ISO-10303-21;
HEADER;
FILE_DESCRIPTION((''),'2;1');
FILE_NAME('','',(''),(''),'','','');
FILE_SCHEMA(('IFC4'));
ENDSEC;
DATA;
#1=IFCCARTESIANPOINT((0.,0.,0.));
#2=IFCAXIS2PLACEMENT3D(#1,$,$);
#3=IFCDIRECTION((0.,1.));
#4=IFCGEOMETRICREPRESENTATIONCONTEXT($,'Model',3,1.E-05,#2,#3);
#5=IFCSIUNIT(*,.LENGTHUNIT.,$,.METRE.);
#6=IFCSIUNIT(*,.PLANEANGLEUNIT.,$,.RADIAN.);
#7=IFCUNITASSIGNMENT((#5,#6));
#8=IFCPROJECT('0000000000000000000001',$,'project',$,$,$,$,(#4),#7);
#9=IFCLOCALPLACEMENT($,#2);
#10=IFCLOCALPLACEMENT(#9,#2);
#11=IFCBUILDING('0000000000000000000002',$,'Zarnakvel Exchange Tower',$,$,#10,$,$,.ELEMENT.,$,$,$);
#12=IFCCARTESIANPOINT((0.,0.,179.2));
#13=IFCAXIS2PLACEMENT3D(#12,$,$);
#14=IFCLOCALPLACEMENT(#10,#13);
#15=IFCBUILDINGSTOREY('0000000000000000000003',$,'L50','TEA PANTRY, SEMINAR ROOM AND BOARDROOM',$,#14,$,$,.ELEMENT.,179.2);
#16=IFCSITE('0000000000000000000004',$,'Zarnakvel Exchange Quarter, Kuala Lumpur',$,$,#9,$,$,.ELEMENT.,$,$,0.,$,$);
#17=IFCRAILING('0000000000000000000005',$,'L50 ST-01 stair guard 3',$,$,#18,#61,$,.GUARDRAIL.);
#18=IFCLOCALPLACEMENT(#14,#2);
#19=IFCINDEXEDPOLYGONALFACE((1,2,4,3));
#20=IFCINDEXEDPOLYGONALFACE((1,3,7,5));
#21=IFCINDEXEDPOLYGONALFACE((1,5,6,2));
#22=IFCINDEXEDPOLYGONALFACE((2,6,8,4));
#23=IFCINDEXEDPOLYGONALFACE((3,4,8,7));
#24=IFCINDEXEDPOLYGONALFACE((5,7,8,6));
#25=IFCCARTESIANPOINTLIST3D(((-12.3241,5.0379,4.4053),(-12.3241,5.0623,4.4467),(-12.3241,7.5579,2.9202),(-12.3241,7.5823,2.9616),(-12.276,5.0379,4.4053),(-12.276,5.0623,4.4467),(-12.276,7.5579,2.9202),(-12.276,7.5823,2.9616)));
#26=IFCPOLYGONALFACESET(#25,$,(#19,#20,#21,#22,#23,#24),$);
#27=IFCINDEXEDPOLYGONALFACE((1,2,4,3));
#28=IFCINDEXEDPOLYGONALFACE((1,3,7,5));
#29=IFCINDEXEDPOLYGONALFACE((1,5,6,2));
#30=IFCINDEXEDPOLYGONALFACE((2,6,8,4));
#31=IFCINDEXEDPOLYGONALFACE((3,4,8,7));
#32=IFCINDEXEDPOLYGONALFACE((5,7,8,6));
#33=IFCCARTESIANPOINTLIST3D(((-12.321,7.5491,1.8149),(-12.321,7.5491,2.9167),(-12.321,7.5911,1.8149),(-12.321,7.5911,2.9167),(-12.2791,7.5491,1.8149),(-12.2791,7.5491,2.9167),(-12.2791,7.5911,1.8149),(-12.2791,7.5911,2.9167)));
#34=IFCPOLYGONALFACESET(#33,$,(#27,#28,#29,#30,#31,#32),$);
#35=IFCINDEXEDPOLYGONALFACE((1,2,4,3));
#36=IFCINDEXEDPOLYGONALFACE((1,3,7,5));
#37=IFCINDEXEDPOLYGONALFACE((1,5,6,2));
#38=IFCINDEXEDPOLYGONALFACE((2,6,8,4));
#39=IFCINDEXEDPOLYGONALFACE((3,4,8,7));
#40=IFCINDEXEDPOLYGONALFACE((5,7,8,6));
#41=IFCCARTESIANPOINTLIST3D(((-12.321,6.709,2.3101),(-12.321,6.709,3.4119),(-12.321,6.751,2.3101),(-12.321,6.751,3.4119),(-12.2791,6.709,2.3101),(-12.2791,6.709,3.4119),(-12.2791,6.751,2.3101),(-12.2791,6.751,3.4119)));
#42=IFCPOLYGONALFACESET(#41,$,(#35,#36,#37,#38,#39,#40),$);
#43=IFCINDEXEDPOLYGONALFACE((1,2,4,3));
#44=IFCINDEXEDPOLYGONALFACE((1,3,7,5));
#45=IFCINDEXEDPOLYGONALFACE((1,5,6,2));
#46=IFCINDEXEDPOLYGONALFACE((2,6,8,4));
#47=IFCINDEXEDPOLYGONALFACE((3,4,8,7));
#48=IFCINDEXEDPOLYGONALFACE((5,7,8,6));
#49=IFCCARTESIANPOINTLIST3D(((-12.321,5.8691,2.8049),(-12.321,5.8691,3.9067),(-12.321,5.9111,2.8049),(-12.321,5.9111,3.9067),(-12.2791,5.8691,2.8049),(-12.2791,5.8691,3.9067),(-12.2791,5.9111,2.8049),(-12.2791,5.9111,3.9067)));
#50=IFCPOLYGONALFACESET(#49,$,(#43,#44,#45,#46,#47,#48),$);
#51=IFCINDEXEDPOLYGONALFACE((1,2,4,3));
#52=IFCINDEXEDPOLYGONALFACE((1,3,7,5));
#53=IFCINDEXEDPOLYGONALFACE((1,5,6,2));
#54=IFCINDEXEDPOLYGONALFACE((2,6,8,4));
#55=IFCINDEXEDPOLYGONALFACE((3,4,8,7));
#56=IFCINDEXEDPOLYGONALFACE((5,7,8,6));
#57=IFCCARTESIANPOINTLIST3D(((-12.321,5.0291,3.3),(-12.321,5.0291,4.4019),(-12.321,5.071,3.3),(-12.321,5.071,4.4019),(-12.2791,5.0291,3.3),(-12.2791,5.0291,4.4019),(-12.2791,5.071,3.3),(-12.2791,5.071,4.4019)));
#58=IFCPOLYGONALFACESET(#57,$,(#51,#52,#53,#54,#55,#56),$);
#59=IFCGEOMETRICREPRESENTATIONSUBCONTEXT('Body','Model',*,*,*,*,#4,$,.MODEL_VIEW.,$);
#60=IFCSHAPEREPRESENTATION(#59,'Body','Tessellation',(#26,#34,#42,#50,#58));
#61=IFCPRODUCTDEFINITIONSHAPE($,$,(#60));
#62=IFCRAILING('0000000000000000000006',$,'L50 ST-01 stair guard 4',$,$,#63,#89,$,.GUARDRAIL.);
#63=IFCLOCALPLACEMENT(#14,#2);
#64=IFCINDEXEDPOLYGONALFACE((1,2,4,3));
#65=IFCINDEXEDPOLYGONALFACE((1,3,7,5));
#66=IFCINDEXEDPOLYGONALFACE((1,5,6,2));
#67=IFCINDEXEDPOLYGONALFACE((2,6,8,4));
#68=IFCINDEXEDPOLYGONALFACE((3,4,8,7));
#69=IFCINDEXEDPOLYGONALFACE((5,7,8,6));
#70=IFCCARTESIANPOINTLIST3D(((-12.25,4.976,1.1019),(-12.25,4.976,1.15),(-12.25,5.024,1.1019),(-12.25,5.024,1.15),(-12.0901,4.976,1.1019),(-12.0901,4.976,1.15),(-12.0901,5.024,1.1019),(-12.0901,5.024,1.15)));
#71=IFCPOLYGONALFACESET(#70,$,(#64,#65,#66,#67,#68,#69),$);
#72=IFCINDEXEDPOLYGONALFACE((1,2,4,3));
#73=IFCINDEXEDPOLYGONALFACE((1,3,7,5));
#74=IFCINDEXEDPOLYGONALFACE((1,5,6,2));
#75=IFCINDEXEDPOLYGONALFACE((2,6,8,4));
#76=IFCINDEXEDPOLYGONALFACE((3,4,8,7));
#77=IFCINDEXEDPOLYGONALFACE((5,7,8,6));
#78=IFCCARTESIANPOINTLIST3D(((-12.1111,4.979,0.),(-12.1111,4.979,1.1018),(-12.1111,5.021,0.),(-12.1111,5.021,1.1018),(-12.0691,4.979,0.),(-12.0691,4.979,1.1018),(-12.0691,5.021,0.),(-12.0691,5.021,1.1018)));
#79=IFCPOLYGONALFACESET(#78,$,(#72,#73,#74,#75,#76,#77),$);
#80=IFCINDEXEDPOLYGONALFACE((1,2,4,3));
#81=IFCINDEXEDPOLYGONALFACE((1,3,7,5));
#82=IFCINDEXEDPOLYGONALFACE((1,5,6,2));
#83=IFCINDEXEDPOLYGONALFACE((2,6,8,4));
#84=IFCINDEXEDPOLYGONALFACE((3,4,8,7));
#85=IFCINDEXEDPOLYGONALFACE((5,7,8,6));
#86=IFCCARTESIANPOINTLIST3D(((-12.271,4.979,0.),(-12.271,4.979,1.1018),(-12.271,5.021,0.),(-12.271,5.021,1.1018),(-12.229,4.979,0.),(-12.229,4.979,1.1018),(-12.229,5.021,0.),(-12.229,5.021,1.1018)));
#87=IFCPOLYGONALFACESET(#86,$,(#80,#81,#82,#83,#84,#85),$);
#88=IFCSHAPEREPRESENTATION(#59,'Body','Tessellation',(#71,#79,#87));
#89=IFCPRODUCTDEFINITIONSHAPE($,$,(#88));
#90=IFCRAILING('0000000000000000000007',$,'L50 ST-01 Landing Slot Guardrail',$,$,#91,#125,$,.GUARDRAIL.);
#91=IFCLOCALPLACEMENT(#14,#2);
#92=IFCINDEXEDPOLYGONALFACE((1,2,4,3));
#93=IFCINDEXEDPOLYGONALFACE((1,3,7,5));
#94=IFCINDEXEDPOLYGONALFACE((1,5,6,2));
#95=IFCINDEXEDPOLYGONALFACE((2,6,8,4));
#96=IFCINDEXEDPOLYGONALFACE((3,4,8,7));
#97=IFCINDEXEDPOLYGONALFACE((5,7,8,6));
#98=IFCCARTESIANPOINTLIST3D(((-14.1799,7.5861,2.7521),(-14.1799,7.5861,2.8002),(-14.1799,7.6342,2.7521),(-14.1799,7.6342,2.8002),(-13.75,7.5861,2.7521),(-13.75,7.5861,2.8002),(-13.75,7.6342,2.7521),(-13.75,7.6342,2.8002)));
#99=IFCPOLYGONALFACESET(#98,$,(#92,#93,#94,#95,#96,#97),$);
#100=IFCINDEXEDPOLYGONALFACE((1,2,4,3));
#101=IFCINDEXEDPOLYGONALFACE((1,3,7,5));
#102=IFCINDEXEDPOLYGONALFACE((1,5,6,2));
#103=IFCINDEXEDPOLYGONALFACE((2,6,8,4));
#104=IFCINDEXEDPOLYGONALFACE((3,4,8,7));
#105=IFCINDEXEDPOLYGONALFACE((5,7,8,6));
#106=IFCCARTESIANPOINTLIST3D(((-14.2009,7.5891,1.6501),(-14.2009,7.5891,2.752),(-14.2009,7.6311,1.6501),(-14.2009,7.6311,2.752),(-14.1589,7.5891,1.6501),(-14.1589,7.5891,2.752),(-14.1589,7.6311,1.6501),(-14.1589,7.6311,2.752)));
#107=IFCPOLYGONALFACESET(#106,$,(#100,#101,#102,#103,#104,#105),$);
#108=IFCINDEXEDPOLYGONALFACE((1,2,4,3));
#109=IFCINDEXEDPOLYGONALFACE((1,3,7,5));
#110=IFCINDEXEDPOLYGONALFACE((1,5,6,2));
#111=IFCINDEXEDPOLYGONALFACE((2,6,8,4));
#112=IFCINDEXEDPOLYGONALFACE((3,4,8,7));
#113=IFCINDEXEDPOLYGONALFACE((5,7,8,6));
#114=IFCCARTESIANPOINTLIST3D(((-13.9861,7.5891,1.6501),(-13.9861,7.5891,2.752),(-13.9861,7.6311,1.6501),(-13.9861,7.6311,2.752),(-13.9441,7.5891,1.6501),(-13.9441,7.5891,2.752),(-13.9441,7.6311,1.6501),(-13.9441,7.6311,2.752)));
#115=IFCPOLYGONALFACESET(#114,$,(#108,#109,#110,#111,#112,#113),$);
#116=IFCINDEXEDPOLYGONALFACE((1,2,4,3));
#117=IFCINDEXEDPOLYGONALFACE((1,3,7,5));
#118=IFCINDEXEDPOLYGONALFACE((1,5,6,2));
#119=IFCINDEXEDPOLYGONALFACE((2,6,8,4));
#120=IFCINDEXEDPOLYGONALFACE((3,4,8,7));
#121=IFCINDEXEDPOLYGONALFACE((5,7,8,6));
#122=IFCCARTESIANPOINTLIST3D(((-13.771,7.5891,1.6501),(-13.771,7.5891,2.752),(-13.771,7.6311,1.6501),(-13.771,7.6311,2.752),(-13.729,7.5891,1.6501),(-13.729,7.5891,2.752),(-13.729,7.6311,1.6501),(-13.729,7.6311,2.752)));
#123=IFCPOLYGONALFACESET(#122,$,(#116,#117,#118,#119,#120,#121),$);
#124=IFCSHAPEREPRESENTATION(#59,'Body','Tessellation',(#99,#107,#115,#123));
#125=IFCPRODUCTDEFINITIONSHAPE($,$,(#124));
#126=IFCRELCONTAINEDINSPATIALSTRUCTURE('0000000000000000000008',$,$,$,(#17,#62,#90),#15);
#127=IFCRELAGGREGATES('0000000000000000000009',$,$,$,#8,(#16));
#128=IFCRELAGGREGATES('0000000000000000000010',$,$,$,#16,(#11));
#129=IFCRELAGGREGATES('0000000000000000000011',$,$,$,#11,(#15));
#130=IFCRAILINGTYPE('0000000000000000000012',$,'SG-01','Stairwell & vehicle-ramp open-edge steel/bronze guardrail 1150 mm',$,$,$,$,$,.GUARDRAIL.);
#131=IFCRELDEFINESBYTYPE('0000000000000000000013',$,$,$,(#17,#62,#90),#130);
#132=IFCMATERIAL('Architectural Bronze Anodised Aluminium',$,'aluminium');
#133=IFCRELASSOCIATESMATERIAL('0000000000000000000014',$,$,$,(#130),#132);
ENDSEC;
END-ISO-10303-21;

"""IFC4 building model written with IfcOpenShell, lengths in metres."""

from ifc_helpers import new_model, si_unit, direction, frame, origin, origin_2d, place, context, subcontext, project, spatial, rectangle, extrude, material, type_object, element, save


model = new_model("IFC4")

# Units and contexts
model_context = context("Model", 3, precision=1e-05, world=origin(), true_north=direction((0.0, 1.0)))
body_context = subcontext(model_context, "Body", "Model", "MODEL_VIEW")
ifc_project = project(units=[si_unit("LENGTHUNIT", "METRE"), si_unit("PLANEANGLEUNIT", "RADIAN")], contexts=[model_context])

# Site, building, storey
site_placement = place(None, origin())
site = spatial("IfcSite", under=ifc_project, at=site_placement, Name="Zarnakvel Exchange Quarter, Kuala Lumpur", CompositionType="ELEMENT", RefElevation=0.0)
building_placement = place(site_placement, origin())
building = spatial("IfcBuilding", under=site, at=building_placement, Name="Zarnakvel Exchange Tower", CompositionType="ELEMENT")
storey_placement = place(building_placement, frame((0.0, 0.0, 179.2)))
storey = spatial("IfcBuildingStorey", under=building, at=storey_placement, Name="L50", Description="TEA PANTRY, SEMINAR ROOM AND BOARDROOM", CompositionType="ELEMENT", Elevation=179.2)

# Shared definitions
ifc_material_1 = material(Name="Architectural Bronze Anodised Aluminium", Category="aluminium")

# Railings
railing_type_1 = type_object("IfcRailingType", Name="SG-01", Description="Stairwell & vehicle-ramp open-edge steel/bronze guardrail 1150 mm", PredefinedType="GUARDRAIL", material=ifc_material_1)
railing_1_placement = place(storey_placement, frame((-12.3, 7.5701, 1.8149)))
element("IfcRailing", 1, at=railing_1_placement, inside=storey, type_object=railing_type_1, Name="L50 ST-01 stair guard 3", PredefinedType="GUARDRAIL", context=body_context, shape_type="SweptSolid", body=[
    extrude(rectangle(XDim=0.0481, YDim=0.0481, at=origin_2d()), frame((0.0, 0.0, 1.126), z_axis=(0.0, -0.861524, 0.507717), x_axis=(1.0, 0.0, 0.0)), (0.0, 0.0, 1.0), 2.925),
    extrude(rectangle(XDim=0.042, YDim=0.042, at=origin_2d()), origin(), (0.0, 0.0, 1.0), 1.1018),
    extrude(rectangle(XDim=0.042, YDim=0.042, at=origin_2d()), frame((0.0, -0.8401, 0.4951)), (0.0, 0.0, 1.0), 1.1018),
    extrude(rectangle(XDim=0.042, YDim=0.042, at=origin_2d()), frame((0.0, -1.6799, 0.99)), (0.0, 0.0, 1.0), 1.1018),
    extrude(rectangle(XDim=0.042, YDim=0.042, at=origin_2d()), frame((0.0, -2.52, 1.4851)), (0.0, 0.0, 1.0), 1.1018),
])
railing_2_placement = place(storey_placement, frame((-12.0901, 5.0, 0.0)))
element("IfcRailing", 2, at=railing_2_placement, inside=storey, type_object=railing_type_1, Name="L50 ST-01 stair guard 4", PredefinedType="GUARDRAIL", context=body_context, shape_type="SweptSolid", body=[
    extrude(rectangle(XDim=0.0481, YDim=0.0481, at=origin_2d()), frame((0.0, 0.0, 1.126), z_axis=(-1.0, 0.0, 0.0), x_axis=(0.0, -1.0, 0.0)), (0.0, 0.0, 1.0), 0.1599),
    extrude(rectangle(XDim=0.042, YDim=0.042, at=origin_2d()), origin(), (0.0, 0.0, 1.0), 1.1018),
    extrude(rectangle(XDim=0.042, YDim=0.042, at=origin_2d()), frame((-0.1599, 0.0, 0.0)), (0.0, 0.0, 1.0), 1.1018),
])
railing_3_placement = place(storey_placement, frame((-14.1799, 7.6101, 1.6501)))
element("IfcRailing", 3, at=railing_3_placement, inside=storey, type_object=railing_type_1, Name="L50 ST-01 Landing Slot Guardrail", PredefinedType="GUARDRAIL", context=body_context, shape_type="SweptSolid", body=[
    extrude(rectangle(XDim=0.0481, YDim=0.0481, at=origin_2d()), frame((0.0, 0.0, 1.126), z_axis=(1.0, 0.0, 0.0), x_axis=(0.0, 1.0, 0.0)), (0.0, 0.0, 1.0), 0.4299),
    extrude(rectangle(XDim=0.042, YDim=0.042, at=origin_2d()), origin(), (0.0, 0.0, 1.0), 1.1018),
    extrude(rectangle(XDim=0.042, YDim=0.042, at=origin_2d()), frame((0.2148, 0.0, 0.0)), (0.0, 0.0, 1.0), 1.1018),
    extrude(rectangle(XDim=0.042, YDim=0.042, at=origin_2d()), frame((0.4299, 0.0, 0.0)), (0.0, 0.0, 1.0), 1.1018),
])

save(model, "model.ifc")
